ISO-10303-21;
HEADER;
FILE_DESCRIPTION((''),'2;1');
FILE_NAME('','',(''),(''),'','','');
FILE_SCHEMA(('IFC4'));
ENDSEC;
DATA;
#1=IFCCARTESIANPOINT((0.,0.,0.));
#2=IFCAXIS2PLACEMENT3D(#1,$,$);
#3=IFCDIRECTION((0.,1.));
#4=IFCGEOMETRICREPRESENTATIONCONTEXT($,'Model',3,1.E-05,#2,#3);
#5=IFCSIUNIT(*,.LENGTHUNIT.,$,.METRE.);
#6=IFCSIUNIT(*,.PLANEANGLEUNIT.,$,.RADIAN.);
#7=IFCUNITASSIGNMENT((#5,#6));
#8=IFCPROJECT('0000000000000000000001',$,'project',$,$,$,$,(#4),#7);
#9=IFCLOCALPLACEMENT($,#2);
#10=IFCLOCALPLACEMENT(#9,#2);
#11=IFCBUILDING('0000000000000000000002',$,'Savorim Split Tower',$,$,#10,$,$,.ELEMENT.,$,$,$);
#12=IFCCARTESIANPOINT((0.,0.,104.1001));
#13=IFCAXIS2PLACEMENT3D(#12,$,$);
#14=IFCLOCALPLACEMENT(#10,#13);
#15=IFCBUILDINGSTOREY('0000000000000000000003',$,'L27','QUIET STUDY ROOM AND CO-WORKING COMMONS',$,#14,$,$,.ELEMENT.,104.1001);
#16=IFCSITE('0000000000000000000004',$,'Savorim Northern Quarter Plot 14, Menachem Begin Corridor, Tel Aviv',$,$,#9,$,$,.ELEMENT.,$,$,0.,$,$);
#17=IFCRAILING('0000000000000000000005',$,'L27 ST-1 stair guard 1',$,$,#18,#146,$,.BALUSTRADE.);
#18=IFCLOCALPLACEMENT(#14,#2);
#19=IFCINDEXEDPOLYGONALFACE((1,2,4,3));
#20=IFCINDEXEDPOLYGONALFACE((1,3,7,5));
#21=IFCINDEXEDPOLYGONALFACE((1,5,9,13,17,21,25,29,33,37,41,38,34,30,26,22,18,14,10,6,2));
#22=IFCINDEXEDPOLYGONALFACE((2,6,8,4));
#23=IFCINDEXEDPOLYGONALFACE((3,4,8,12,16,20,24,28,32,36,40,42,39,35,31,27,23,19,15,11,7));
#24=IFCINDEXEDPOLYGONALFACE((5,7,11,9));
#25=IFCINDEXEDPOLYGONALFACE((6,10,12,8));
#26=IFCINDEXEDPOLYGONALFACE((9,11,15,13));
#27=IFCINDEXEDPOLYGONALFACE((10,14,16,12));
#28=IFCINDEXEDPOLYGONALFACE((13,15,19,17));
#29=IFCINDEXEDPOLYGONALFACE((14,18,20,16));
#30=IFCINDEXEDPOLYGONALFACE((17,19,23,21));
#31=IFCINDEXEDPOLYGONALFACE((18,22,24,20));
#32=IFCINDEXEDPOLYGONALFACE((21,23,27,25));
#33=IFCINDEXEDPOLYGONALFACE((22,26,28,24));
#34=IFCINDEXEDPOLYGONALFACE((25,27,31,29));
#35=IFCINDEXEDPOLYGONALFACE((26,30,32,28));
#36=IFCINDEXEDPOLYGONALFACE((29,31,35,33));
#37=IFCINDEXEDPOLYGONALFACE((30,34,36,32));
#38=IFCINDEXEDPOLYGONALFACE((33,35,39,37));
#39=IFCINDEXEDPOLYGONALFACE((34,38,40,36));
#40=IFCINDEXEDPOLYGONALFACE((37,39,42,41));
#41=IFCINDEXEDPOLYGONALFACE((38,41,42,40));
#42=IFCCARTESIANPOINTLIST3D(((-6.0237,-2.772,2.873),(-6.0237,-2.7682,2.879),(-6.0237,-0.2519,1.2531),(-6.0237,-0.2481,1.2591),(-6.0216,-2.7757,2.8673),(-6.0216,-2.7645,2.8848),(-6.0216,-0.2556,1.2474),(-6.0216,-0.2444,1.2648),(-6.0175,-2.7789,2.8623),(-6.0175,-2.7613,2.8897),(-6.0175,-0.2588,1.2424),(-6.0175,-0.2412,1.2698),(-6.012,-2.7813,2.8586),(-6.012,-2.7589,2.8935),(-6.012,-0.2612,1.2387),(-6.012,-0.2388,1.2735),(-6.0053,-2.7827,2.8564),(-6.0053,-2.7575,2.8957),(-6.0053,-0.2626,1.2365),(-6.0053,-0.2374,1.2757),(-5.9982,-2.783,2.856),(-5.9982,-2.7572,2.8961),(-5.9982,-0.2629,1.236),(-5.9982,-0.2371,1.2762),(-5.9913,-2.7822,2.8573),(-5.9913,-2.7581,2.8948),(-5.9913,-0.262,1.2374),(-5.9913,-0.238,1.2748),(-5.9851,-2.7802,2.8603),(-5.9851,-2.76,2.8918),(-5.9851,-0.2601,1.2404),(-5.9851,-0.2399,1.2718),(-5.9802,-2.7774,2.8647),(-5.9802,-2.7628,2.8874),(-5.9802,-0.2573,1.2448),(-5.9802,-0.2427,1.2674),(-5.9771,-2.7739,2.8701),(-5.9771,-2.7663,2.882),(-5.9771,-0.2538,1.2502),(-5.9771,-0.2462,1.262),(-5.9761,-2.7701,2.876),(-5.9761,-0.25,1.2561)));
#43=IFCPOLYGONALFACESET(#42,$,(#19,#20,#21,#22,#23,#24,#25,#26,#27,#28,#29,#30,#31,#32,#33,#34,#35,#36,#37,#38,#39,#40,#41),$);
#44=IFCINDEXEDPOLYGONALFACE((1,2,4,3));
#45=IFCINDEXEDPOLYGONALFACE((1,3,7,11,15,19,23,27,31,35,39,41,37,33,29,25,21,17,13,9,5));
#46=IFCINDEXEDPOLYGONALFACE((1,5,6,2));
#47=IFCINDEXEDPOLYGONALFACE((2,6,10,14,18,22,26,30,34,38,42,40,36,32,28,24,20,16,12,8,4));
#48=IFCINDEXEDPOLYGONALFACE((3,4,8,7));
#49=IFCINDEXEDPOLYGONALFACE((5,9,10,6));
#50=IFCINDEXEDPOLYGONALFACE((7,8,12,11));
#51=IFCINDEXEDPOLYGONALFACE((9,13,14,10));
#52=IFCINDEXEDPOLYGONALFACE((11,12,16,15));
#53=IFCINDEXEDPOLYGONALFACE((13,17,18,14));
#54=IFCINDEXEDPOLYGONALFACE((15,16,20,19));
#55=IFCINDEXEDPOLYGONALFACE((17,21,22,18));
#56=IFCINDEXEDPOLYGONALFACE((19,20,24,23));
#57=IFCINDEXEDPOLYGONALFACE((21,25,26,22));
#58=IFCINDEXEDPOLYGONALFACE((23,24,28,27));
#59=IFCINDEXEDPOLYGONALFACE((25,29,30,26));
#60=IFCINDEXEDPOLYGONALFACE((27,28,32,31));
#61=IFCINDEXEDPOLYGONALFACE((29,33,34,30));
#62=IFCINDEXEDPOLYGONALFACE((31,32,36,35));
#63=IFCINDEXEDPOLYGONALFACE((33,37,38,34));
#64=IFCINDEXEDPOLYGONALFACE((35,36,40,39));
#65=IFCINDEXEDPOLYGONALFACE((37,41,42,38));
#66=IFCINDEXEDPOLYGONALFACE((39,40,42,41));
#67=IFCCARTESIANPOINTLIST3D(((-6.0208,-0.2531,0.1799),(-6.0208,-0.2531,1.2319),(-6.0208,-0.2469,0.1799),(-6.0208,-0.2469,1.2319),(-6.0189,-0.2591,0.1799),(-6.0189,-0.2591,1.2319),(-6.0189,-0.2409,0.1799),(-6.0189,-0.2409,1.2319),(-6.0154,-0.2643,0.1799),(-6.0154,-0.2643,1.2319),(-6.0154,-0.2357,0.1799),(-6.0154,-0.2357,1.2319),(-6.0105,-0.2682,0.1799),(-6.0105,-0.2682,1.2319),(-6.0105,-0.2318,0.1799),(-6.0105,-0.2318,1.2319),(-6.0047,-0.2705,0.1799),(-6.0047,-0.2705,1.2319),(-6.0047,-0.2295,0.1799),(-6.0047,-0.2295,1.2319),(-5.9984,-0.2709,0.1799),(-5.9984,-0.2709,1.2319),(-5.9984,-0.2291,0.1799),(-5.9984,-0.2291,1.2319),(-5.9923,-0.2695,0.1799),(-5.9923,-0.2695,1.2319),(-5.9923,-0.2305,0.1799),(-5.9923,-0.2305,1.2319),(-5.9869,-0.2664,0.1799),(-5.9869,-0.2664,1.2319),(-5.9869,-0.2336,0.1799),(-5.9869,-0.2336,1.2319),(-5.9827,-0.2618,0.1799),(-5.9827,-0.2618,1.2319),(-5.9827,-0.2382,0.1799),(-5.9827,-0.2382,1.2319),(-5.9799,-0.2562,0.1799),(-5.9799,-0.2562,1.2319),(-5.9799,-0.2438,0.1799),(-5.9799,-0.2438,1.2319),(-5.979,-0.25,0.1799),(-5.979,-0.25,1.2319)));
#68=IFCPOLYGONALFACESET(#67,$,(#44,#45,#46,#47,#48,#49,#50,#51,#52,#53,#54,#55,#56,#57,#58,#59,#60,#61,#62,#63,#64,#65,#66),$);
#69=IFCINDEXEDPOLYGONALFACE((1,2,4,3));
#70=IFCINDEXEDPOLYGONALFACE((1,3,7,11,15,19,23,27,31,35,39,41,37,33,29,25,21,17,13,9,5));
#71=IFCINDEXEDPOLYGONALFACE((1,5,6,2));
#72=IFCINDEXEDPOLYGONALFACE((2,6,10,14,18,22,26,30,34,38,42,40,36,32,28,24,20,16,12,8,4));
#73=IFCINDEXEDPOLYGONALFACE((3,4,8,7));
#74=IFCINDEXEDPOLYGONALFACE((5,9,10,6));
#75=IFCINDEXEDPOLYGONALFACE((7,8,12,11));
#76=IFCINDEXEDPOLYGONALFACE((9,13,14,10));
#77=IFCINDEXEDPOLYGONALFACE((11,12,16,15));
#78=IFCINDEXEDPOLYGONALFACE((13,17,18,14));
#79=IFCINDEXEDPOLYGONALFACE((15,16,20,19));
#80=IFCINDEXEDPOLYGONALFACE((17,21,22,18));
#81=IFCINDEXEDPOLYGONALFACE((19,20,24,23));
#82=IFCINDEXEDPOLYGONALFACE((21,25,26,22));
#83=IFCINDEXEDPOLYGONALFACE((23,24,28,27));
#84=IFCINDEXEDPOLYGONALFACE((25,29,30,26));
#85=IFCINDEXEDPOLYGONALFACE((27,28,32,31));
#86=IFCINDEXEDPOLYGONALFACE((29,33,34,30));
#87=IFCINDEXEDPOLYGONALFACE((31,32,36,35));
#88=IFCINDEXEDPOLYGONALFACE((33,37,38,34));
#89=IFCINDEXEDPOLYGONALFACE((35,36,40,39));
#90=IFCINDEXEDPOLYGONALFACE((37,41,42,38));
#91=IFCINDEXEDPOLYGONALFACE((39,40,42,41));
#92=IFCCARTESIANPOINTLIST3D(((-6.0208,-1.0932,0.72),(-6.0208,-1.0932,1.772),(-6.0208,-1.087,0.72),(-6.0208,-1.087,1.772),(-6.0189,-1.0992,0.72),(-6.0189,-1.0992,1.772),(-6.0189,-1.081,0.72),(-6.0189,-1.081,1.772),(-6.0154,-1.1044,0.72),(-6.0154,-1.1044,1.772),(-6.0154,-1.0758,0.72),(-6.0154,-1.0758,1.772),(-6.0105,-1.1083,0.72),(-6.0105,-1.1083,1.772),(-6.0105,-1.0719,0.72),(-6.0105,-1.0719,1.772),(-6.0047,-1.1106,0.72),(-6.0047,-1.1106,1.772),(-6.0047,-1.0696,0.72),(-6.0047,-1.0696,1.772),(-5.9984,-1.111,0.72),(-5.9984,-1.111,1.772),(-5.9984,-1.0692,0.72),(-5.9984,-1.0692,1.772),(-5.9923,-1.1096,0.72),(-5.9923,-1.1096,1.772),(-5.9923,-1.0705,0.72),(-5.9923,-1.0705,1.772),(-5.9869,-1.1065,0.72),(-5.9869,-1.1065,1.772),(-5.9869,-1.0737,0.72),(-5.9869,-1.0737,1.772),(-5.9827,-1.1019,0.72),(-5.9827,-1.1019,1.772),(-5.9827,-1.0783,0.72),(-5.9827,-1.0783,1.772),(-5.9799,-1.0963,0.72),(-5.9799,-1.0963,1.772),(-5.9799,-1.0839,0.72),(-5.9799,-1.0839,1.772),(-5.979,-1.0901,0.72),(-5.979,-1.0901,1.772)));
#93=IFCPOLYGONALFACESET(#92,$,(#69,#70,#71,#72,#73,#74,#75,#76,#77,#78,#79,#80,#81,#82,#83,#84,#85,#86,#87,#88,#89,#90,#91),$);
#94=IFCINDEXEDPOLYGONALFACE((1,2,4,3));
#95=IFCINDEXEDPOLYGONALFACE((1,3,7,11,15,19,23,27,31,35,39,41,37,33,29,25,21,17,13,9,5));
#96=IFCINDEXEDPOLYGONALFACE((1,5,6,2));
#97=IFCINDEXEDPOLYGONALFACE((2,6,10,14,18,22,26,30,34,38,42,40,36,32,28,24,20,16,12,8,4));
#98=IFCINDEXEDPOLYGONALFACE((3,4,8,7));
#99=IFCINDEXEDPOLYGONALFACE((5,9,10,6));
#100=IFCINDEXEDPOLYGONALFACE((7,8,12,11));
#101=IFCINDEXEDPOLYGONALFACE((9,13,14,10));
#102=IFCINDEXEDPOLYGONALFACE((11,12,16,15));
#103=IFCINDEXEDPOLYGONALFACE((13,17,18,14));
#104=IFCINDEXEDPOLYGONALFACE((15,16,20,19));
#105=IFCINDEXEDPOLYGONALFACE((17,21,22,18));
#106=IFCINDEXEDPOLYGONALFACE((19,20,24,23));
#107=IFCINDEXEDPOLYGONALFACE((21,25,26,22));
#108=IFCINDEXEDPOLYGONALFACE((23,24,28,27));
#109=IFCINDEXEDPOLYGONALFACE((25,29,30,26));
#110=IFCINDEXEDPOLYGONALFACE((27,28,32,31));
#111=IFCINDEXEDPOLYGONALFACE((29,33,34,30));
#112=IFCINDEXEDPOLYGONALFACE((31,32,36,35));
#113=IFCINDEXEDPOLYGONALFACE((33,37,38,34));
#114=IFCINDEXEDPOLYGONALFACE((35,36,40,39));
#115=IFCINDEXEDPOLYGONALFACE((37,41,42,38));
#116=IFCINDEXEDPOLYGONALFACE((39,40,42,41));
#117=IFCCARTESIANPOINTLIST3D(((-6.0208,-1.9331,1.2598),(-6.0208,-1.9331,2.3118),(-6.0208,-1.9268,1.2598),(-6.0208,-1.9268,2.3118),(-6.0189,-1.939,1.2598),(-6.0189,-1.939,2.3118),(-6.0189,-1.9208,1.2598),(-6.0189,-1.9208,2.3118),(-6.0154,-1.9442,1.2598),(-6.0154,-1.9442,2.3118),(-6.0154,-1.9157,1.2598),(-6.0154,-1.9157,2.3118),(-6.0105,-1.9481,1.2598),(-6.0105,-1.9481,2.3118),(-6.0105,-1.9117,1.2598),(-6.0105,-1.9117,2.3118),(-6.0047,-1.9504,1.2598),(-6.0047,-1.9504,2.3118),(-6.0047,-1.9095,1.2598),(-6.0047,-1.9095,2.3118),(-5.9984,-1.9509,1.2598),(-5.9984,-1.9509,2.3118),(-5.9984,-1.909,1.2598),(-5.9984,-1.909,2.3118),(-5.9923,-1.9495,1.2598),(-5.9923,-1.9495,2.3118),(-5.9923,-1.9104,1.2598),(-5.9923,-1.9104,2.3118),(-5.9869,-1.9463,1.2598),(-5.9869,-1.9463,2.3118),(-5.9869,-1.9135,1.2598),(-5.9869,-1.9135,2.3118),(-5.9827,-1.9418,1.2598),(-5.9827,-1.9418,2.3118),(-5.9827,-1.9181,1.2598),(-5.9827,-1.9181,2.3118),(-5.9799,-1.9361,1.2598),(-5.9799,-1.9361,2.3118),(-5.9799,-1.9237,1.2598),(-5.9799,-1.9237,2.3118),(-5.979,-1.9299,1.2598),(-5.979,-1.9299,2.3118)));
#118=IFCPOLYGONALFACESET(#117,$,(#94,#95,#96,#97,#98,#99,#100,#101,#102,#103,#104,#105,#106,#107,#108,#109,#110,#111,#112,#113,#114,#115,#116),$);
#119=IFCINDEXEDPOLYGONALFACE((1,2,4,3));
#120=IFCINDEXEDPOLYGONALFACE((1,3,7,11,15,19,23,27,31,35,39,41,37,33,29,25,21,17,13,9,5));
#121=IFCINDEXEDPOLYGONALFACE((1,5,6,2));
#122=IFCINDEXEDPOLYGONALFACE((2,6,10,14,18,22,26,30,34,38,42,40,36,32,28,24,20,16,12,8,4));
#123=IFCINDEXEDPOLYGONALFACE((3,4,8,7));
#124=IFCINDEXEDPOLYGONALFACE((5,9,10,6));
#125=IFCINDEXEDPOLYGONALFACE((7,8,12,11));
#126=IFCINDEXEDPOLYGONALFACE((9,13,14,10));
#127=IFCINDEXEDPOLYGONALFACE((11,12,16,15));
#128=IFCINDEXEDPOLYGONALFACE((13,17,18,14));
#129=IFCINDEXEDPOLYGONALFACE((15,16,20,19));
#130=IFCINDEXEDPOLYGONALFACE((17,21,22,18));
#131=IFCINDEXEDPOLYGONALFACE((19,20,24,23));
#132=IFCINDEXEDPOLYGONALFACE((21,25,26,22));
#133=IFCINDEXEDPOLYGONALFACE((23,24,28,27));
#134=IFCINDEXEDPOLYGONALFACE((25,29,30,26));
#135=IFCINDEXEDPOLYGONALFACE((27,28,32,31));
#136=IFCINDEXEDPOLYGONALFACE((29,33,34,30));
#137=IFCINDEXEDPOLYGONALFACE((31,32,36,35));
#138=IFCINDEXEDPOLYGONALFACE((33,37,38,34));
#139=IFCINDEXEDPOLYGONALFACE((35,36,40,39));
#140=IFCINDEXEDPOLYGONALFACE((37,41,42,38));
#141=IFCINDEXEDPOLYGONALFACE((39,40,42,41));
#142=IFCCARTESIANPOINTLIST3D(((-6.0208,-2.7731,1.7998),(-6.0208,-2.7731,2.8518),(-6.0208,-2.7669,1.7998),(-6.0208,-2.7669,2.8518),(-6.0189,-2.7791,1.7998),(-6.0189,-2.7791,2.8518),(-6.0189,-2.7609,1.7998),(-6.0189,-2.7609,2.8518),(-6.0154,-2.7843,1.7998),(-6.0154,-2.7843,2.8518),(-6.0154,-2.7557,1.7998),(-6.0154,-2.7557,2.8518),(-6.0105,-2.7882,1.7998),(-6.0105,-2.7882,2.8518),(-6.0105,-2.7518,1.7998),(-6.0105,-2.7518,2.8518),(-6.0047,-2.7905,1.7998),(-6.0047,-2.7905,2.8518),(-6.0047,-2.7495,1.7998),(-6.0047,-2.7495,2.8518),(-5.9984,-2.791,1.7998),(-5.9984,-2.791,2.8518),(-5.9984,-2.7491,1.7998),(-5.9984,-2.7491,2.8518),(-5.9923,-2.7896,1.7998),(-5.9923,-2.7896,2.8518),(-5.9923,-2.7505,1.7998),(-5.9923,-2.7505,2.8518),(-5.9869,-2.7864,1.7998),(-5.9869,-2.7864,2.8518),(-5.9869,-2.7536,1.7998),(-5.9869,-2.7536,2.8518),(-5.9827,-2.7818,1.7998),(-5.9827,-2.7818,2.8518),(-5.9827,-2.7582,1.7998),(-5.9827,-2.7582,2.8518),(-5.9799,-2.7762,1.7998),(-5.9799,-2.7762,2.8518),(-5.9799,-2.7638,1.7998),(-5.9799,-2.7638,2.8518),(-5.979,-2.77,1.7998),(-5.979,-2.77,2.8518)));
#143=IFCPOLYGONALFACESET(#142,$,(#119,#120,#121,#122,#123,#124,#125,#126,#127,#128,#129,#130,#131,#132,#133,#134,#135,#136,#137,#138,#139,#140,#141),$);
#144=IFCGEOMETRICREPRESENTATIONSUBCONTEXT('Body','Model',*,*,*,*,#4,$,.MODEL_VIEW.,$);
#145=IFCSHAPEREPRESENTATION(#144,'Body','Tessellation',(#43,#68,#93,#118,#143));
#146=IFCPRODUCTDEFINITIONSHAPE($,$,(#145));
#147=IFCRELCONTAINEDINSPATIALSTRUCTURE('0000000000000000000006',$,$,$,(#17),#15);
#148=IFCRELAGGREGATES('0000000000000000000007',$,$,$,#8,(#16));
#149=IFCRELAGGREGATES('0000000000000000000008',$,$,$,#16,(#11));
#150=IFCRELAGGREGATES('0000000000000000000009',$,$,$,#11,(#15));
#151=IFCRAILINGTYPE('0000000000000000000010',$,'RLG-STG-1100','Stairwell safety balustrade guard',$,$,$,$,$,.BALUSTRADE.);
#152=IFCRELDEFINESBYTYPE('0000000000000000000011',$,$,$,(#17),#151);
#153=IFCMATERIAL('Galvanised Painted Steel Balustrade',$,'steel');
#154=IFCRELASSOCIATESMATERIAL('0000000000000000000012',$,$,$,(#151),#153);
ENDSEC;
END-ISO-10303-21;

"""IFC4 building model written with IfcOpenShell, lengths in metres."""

from ifc_helpers import new_model, si_unit, direction, frame, origin, origin_2d, place, context, subcontext, project, spatial, circle, extrude, material, type_object, element, save


model = new_model("IFC4")

# Units and contexts
model_context = context("Model", 3, precision=1e-05, world=origin(), true_north=direction((0.0, 1.0)))
body_context = subcontext(model_context, "Body", "Model", "MODEL_VIEW")
ifc_project = project(units=[si_unit("LENGTHUNIT", "METRE"), si_unit("PLANEANGLEUNIT", "RADIAN")], contexts=[model_context])

# Site, building, storey
site_placement = place(None, origin())
site = spatial("IfcSite", under=ifc_project, at=site_placement, Name="Savorim Northern Quarter Plot 14, Menachem Begin Corridor, Tel Aviv", CompositionType="ELEMENT", RefElevation=0.0)
building_placement = place(site_placement, origin())
building = spatial("IfcBuilding", under=site, at=building_placement, Name="Savorim Split Tower", CompositionType="ELEMENT")
storey_placement = place(building_placement, frame((0.0, 0.0, 104.1001)))
storey = spatial("IfcBuildingStorey", under=building, at=storey_placement, Name="L27", Description="QUIET STUDY ROOM AND CO-WORKING COMMONS", CompositionType="ELEMENT", Elevation=104.1001)

# Railing
ifc_material_1 = material(Name="Galvanised Painted Steel Balustrade", Category="steel")
railing_type_1 = type_object("IfcRailingType", Name="RLG-STG-1100", Description="Stairwell safety balustrade guard", PredefinedType="BALUSTRADE", material=ifc_material_1)
railing_1_placement = place(storey_placement, frame((-6.0, -0.25, 0.1799)))
element("IfcRailing", 1, at=railing_1_placement, inside=storey, type_object=railing_type_1, Name="L27 ST-1 stair guard 1", PredefinedType="BALUSTRADE", context=body_context, shape_type="SweptSolid", body=[
    extrude(circle(Radius=0.0239, at=origin_2d()), frame((0.0, 0.0, 1.0762), z_axis=(0.0, -0.8412, 0.540725), x_axis=(1.0, 0.0, 0.0)), (0.0, 0.0, 1.0), 2.9958),
    extrude(circle(Radius=0.021, at=origin_2d()), origin(), (0.0, 0.0, 1.0), 1.052),
    extrude(circle(Radius=0.021, at=origin_2d()), frame((0.0, -0.8401, 0.54)), (0.0, 0.0, 1.0), 1.052),
    extrude(circle(Radius=0.021, at=origin_2d()), frame((0.0, -1.6799, 1.0798)), (0.0, 0.0, 1.0), 1.052),
    extrude(circle(Radius=0.021, at=origin_2d()), frame((0.0, -2.52, 1.6199)), (0.0, 0.0, 1.0), 1.052),
])

save(model, "model.ifc")
